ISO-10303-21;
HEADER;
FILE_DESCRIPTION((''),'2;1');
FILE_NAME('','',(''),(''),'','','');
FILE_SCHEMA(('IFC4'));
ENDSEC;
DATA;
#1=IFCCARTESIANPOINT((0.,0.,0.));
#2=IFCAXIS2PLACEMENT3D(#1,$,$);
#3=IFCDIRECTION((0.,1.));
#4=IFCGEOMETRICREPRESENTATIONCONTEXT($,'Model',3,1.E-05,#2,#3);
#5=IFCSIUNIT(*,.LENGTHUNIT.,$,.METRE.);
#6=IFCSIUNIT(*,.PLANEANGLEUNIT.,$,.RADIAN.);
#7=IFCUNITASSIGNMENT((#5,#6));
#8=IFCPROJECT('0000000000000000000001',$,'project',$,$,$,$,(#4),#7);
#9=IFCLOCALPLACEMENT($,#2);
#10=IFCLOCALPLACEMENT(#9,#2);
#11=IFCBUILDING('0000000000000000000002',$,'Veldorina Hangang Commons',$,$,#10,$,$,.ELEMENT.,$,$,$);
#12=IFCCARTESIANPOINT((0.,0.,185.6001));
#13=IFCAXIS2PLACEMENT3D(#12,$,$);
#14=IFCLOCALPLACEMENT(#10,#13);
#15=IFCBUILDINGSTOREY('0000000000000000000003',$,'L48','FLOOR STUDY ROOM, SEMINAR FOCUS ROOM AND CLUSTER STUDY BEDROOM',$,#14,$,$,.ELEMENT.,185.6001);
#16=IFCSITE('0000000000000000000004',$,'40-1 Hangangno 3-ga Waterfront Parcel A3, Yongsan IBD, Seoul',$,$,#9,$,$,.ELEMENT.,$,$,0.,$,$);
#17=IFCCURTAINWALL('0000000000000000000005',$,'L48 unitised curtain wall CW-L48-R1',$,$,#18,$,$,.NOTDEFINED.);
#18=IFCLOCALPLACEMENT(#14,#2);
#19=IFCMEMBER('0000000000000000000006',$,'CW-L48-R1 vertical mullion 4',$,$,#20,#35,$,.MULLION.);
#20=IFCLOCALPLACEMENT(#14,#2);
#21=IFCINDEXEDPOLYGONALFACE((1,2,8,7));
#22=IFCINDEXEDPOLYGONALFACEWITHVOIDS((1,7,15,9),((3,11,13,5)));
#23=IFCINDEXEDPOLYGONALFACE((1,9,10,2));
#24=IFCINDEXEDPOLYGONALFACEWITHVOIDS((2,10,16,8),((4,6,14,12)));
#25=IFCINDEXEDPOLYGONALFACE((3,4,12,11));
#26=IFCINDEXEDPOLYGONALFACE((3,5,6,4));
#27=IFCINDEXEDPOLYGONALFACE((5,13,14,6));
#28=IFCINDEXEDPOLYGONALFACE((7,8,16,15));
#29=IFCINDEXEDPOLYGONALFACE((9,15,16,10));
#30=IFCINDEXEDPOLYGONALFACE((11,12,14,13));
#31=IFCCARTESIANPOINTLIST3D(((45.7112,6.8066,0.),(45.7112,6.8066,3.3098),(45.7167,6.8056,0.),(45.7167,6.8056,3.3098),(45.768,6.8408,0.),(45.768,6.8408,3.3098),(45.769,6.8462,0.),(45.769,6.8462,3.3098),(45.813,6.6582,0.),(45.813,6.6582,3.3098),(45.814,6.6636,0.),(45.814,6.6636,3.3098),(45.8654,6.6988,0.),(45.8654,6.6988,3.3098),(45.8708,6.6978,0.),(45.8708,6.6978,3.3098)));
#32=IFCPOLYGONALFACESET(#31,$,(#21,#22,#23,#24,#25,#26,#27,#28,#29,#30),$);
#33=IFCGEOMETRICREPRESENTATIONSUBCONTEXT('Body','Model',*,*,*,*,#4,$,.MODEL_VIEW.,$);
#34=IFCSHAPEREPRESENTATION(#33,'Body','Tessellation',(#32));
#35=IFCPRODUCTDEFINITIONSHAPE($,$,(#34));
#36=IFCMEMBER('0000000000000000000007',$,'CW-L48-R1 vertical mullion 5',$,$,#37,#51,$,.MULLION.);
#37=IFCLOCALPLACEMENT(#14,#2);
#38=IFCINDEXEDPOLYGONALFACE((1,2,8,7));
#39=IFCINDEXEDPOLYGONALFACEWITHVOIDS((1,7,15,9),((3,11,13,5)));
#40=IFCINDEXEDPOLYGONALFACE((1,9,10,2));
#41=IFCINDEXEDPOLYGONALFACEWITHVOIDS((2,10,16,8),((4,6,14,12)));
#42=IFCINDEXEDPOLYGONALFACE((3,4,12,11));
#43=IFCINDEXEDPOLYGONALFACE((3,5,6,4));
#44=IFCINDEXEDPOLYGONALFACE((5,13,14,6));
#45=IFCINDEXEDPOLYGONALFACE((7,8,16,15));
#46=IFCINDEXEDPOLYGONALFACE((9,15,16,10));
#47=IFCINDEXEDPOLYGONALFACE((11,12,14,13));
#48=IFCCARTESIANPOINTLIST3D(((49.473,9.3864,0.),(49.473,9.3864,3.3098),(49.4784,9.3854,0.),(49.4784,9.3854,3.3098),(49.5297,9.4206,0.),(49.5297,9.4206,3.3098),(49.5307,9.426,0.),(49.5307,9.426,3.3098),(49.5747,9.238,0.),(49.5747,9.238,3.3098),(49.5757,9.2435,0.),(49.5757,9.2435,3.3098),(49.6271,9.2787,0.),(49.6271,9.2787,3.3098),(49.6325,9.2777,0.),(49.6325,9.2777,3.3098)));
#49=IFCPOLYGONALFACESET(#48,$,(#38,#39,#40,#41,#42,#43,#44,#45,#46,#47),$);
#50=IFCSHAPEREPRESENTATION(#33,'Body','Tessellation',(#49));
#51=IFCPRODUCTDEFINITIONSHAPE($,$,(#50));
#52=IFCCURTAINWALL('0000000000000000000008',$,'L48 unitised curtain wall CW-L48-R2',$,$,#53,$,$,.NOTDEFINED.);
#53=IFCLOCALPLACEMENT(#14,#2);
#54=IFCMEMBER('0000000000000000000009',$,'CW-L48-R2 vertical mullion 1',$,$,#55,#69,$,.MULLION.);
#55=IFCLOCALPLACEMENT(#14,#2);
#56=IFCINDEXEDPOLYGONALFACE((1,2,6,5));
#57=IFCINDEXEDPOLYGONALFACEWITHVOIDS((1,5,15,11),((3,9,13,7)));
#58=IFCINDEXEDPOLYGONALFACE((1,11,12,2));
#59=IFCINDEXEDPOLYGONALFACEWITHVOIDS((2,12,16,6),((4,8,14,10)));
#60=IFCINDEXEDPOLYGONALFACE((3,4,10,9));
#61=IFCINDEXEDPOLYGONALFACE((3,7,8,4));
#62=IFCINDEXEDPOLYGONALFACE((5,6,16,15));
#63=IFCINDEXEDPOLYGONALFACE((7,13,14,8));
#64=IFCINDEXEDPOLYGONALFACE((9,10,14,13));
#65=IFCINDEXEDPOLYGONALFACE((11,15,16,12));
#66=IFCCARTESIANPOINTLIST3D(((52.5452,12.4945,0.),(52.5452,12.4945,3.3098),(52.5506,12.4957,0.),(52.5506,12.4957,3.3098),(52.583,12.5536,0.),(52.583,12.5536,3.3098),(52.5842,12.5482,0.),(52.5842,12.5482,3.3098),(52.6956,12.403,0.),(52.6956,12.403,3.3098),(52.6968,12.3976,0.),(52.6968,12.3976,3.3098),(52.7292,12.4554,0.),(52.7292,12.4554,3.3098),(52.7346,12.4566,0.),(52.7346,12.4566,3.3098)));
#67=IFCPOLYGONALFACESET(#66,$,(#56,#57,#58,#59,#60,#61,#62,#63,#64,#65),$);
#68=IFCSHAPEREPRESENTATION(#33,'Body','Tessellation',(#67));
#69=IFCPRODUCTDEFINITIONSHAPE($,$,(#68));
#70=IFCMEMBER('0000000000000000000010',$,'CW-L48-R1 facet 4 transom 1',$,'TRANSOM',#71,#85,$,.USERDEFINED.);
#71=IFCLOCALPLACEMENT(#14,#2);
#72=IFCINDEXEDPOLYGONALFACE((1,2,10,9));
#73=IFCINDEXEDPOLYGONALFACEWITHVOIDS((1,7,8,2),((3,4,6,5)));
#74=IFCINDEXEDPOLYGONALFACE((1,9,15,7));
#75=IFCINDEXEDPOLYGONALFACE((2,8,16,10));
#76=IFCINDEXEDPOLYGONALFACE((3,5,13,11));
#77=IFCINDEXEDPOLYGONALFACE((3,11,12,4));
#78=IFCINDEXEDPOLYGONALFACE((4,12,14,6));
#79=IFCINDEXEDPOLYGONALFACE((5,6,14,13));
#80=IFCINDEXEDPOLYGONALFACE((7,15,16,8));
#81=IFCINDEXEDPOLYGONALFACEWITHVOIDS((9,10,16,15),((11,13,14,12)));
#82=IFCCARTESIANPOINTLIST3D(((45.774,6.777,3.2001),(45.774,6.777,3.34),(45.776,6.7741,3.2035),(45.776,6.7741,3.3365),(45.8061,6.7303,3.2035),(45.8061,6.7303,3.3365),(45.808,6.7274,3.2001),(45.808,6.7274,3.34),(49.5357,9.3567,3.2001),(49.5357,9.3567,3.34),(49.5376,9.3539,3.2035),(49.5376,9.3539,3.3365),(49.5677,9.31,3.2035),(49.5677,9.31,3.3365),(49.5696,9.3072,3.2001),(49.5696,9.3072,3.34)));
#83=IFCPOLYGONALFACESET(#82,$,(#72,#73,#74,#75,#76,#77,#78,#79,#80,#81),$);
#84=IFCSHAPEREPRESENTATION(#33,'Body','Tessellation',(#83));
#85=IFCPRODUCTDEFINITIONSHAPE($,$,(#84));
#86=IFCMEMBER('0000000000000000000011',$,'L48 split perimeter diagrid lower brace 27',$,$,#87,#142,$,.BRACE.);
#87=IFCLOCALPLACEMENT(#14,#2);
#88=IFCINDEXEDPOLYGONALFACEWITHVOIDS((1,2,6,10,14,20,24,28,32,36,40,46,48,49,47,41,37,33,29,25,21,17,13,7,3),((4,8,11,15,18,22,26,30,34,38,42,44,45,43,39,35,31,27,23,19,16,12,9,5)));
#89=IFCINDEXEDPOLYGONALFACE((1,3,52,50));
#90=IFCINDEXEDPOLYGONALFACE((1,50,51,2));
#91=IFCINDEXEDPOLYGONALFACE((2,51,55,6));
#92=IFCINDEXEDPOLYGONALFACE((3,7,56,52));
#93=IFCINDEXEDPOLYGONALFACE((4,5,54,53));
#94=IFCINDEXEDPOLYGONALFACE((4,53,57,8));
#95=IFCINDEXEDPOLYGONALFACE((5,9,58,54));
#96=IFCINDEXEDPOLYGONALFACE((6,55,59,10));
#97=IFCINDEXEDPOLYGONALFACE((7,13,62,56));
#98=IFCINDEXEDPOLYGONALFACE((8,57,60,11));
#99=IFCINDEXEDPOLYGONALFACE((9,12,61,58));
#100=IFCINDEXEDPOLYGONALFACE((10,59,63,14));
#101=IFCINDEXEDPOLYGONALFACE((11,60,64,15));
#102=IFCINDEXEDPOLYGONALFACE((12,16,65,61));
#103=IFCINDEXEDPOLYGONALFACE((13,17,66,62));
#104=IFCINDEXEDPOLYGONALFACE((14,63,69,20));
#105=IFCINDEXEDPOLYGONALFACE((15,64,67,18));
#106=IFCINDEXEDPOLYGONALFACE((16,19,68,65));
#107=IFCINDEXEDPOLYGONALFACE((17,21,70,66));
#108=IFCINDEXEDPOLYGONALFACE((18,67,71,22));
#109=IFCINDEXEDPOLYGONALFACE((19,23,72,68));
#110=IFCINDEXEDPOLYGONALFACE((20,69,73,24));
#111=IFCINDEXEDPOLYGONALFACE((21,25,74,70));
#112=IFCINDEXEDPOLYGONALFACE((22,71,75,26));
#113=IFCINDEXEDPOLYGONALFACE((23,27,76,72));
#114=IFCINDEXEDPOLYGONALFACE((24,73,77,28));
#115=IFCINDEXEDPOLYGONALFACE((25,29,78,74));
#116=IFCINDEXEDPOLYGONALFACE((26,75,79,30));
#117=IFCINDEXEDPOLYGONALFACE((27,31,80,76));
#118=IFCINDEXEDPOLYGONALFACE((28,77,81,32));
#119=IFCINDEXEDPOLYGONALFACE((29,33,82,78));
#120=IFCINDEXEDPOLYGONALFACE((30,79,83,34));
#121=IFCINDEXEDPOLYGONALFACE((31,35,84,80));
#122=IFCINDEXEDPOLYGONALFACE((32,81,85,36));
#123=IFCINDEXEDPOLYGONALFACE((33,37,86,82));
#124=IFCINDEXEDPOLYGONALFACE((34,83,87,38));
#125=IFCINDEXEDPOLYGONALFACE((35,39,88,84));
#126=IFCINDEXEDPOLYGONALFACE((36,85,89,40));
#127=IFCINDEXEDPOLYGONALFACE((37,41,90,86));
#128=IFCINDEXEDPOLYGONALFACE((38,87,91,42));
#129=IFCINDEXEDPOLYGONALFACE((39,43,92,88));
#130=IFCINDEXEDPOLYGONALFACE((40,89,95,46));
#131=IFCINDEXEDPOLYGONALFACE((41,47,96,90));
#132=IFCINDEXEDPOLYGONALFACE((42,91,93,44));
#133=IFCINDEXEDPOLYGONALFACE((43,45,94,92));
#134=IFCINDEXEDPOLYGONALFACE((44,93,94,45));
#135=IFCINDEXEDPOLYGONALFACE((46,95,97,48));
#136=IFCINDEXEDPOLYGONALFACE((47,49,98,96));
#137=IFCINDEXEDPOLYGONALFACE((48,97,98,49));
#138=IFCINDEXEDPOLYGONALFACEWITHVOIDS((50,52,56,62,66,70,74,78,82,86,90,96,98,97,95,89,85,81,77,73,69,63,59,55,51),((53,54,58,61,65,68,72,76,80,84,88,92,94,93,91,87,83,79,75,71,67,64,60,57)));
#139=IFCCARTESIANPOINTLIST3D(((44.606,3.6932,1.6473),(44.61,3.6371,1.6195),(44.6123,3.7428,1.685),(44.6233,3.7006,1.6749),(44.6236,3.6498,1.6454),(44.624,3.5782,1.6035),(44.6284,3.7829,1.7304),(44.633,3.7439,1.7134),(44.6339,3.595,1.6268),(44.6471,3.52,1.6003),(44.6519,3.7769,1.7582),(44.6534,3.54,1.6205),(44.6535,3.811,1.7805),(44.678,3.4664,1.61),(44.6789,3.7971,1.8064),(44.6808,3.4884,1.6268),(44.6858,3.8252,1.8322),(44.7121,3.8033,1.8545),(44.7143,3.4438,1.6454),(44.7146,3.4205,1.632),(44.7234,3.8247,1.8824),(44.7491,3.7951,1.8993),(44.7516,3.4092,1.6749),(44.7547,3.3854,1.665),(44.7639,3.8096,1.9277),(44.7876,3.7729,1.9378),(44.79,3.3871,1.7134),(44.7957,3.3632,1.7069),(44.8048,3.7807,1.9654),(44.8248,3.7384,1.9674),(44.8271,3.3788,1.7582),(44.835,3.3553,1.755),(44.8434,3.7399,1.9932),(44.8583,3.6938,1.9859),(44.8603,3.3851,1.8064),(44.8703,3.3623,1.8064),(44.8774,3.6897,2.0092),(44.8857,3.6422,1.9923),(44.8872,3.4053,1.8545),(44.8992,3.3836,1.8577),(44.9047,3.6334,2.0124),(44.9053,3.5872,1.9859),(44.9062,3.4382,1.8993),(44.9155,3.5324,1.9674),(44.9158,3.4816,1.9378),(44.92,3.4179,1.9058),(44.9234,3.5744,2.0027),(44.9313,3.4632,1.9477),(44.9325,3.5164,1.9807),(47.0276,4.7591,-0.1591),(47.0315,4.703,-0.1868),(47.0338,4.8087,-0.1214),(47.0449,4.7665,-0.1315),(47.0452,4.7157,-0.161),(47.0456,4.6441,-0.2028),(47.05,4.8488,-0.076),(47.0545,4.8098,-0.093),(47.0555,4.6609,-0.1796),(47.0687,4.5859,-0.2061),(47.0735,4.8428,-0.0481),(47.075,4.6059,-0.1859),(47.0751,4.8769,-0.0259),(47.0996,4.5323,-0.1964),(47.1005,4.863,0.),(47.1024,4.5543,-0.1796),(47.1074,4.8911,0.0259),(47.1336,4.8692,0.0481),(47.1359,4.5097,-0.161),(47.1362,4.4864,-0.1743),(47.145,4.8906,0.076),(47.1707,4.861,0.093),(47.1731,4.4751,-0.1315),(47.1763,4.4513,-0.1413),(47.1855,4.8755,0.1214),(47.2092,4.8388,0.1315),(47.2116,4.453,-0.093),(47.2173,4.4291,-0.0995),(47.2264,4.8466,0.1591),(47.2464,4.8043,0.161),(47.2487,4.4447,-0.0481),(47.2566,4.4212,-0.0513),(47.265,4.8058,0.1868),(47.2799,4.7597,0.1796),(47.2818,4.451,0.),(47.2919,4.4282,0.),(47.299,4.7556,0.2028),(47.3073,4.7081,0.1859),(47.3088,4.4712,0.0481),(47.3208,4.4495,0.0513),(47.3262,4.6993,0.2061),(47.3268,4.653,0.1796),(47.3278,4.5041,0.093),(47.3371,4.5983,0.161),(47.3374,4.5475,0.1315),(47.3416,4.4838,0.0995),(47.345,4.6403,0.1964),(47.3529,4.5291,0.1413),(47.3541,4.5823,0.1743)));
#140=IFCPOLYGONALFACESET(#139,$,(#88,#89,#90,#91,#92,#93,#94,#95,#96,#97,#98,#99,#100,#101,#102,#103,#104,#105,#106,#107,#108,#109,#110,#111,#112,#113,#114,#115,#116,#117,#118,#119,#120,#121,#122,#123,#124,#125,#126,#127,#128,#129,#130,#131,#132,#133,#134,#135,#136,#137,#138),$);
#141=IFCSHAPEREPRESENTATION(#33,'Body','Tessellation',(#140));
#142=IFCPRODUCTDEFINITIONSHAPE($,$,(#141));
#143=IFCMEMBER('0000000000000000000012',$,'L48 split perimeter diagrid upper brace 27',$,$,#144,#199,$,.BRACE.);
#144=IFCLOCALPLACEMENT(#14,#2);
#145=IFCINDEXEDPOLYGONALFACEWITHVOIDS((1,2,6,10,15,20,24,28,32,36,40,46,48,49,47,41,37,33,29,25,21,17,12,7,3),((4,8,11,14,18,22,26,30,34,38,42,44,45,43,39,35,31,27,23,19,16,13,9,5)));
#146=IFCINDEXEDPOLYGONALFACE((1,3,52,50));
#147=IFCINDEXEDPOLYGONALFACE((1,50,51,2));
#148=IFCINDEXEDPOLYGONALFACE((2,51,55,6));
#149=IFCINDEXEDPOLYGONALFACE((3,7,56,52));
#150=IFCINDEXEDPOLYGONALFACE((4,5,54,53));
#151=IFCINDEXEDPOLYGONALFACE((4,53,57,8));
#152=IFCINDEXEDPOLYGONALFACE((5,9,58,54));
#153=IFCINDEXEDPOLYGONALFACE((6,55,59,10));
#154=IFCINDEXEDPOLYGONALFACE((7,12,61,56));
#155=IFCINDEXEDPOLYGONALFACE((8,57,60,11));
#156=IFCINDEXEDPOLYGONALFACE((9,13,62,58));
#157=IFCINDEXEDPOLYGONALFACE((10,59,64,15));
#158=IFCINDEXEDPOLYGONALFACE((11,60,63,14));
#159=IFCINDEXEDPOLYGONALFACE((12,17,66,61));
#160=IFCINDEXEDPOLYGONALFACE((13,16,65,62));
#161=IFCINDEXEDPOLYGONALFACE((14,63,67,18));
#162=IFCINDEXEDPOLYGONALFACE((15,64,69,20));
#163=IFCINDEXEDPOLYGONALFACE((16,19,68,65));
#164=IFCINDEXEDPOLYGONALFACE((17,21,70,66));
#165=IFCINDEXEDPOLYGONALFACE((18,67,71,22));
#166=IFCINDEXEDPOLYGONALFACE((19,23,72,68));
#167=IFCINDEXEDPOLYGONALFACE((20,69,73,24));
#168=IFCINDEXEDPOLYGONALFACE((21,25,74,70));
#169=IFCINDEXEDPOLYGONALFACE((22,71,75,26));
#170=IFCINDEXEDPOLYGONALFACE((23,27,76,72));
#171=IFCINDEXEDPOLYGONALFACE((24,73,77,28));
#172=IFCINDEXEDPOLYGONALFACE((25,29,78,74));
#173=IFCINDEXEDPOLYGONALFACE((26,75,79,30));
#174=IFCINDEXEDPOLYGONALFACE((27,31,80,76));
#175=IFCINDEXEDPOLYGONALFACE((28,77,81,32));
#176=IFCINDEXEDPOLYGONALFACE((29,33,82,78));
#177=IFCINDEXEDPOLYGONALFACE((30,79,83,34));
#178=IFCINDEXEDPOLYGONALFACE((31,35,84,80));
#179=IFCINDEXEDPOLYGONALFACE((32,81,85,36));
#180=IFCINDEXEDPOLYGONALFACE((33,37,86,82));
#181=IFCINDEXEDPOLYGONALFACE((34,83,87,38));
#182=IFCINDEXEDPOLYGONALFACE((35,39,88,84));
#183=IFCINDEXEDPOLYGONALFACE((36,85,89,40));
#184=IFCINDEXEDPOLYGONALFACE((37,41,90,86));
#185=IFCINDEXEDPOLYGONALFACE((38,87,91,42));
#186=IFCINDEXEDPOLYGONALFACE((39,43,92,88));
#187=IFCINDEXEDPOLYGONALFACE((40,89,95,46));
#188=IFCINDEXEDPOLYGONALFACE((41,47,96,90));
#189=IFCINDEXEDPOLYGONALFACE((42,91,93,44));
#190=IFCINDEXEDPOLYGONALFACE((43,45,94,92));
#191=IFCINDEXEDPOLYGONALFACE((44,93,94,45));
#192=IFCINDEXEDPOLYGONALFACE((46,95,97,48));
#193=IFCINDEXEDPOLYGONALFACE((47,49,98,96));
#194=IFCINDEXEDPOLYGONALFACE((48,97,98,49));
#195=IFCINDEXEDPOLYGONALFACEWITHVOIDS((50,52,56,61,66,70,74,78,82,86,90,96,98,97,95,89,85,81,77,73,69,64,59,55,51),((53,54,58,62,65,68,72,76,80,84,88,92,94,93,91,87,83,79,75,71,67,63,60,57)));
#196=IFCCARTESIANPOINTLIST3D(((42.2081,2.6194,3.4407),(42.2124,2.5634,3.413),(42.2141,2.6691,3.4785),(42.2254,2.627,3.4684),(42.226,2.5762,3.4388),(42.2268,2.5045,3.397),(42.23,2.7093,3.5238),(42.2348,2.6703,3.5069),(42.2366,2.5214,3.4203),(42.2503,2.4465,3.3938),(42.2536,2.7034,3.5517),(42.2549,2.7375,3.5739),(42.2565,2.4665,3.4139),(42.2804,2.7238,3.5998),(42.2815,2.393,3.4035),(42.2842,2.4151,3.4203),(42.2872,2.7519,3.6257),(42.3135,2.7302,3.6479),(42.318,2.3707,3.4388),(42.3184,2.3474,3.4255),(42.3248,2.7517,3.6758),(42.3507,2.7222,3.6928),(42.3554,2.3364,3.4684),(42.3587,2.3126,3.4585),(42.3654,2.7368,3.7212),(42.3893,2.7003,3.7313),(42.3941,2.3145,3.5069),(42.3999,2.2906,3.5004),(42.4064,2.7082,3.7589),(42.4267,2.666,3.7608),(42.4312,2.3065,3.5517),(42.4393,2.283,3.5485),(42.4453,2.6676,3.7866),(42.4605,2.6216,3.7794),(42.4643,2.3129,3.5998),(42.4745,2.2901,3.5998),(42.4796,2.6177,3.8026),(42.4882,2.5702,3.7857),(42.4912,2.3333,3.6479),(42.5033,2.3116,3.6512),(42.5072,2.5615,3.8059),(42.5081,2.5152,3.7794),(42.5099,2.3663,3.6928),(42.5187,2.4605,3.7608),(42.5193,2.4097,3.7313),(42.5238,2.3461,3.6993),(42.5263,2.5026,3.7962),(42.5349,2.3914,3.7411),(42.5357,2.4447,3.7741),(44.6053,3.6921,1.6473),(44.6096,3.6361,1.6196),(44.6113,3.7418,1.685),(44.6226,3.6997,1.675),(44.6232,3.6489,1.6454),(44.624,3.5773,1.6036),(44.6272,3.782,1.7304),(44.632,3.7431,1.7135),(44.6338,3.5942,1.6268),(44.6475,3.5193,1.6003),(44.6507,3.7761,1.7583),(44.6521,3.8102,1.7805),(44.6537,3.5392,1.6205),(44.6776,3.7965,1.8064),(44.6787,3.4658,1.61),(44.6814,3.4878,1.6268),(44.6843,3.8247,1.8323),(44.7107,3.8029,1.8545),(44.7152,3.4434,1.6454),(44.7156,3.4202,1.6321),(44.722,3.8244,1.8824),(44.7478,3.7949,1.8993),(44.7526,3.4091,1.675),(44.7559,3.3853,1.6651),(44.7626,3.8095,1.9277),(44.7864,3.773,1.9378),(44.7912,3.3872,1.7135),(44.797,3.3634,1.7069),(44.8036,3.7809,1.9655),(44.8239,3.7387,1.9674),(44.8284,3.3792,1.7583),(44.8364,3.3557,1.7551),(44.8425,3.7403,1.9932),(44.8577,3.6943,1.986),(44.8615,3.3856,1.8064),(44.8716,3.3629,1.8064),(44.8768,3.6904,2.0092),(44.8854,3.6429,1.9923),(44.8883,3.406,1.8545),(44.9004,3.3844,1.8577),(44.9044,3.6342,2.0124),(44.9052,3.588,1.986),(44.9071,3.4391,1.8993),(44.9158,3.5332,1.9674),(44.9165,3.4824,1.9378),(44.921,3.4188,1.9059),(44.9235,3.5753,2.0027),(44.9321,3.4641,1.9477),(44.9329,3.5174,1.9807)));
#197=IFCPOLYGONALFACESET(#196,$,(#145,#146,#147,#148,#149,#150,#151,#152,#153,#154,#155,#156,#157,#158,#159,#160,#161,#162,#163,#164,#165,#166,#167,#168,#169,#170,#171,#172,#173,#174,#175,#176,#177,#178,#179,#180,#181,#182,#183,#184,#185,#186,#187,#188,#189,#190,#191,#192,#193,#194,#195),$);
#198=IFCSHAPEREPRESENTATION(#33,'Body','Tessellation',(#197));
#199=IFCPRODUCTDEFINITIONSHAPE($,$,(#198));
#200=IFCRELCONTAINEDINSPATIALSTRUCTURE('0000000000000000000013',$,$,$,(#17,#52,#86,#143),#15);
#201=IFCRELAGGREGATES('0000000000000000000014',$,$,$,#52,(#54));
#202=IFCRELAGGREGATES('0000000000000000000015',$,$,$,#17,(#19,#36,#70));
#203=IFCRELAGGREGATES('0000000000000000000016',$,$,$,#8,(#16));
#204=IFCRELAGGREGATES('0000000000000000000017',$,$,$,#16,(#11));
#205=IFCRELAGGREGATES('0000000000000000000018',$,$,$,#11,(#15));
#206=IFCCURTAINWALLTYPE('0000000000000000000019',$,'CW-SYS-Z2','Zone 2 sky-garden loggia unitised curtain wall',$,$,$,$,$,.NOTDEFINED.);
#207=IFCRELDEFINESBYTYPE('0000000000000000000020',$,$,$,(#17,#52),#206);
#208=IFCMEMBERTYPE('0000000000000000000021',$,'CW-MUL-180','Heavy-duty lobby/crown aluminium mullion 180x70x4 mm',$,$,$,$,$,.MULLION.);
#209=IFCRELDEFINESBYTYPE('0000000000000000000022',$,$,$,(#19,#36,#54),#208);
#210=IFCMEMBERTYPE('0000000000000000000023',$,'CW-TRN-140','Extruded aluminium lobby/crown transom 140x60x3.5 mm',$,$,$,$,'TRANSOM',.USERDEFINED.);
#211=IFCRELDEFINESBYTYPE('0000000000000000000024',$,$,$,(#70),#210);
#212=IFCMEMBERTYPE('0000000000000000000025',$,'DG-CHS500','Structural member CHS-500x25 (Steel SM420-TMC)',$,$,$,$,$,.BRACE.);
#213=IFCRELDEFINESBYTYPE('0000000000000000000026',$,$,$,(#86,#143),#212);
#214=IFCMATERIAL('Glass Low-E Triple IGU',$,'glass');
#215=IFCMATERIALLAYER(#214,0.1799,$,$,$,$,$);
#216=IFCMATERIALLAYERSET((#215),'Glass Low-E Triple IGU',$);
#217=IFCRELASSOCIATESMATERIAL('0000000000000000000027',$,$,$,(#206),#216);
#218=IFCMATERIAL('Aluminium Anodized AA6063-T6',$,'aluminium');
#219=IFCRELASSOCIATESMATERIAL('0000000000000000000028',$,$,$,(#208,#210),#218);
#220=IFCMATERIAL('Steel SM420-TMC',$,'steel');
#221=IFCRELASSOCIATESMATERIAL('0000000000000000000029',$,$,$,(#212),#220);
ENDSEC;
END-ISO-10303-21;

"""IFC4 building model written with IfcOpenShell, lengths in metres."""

from ifc_helpers import new_model, si_unit, direction, frame, origin, origin_2d, place, context, subcontext, project, spatial, hollow_rectangle, hollow_circle, extrude, material, layer, layer_set, material_profile, profile_set, type_object, element, aggregate, save


model = new_model("IFC4")

# Units and contexts
model_context = context("Model", 3, precision=1e-05, world=origin(), true_north=direction((0.0, 1.0)))
body_context = subcontext(model_context, "Body", "Model", "MODEL_VIEW")
ifc_project = project(units=[si_unit("LENGTHUNIT", "METRE"), si_unit("PLANEANGLEUNIT", "RADIAN")], contexts=[model_context])

# Site, building, storey
site_placement = place(None, origin())
site = spatial("IfcSite", under=ifc_project, at=site_placement, Name="40-1 Hangangno 3-ga Waterfront Parcel A3, Yongsan IBD, Seoul", CompositionType="ELEMENT", RefElevation=0.0)
building_placement = place(site_placement, origin())
building = spatial("IfcBuilding", under=site, at=building_placement, Name="Veldorina Hangang Commons", CompositionType="ELEMENT")
storey_placement = place(building_placement, frame((0.0, 0.0, 185.6001)))
storey = spatial("IfcBuildingStorey", under=building, at=storey_placement, Name="L48", Description="FLOOR STUDY ROOM, SEMINAR FOCUS ROOM AND CLUSTER STUDY BEDROOM", CompositionType="ELEMENT", Elevation=185.6001)

# Shared definitions
ifc_material_1 = material(Name="Steel SM420-TMC", Category="steel")

# Curtain wall, members
ifc_material_2 = material(Name="Glass Low-E Triple IGU", Category="glass")
ifc_layer_1 = layer(ifc_material_2, 0.1799)
ifc_layer_set_1 = layer_set([ifc_layer_1], Name="Glass Low-E Triple IGU")
curtain_wall_type = type_object("IfcCurtainWallType", Name="CW-SYS-Z2", Description="Zone 2 sky-garden loggia unitised curtain wall", PredefinedType="NOTDEFINED", material=ifc_layer_set_1)
curtain_wall_1_placement = place(storey_placement, origin())
curtain_wall_1 = element("IfcCurtainWall", 1, at=curtain_wall_1_placement, inside=storey, type_object=curtain_wall_type, Name="L48 unitised curtain wall CW-L48-R1", PredefinedType="NOTDEFINED")
ifc_material_3 = material(Name="Aluminium Anodized AA6063-T6", Category="aluminium")
ifc_material_profile_1 = material_profile(ifc_material_3, hollow_rectangle(XDim=0.0701, YDim=0.1799, WallThickness=0.0039, at=origin_2d()), Name="ALU-RHS-180x70x4")
ifc_profile_set_1 = profile_set([ifc_material_profile_1], Name="Aluminium Anodized AA6063-T6")
member_type_1 = type_object("IfcMemberType", Name="CW-MUL-180", Description="Heavy-duty lobby/crown aluminium mullion 180x70x4 mm", PredefinedType="MULLION", material=ifc_profile_set_1)
member_1_placement = place(storey_placement, frame((45.791, 6.7522, 0.0), z_axis=(0.0, 0.0, 1.0), x_axis=(0.824689, 0.565586, 0.0)))
member_1 = element("IfcMember", 2, at=member_1_placement, type_object=member_type_1, Name="CW-L48-R1 vertical mullion 4", PredefinedType="MULLION", context=body_context, shape_type="SweptSolid", body=[
    extrude(hollow_rectangle(XDim=0.0701, YDim=0.1799, WallThickness=0.0039, at=origin_2d()), origin(), (0.0, 0.0, 1.0), 3.3098),
])
member_2_placement = place(storey_placement, frame((49.5527, 9.332, 0.0), z_axis=(0.0, 0.0, 1.0), x_axis=(-0.824689, -0.565586, 0.0)))
member_2 = element("IfcMember", 3, at=member_2_placement, type_object=member_type_1, Name="CW-L48-R1 vertical mullion 5", PredefinedType="MULLION", context=body_context, shape_type="SweptSolid", body=[
    extrude(hollow_rectangle(XDim=0.0701, YDim=0.1799, WallThickness=0.0039, at=origin_2d()), origin(), (0.0, 0.0, 1.0), 3.3098),
])

# Curtain wall, member
curtain_wall_2_placement = place(storey_placement, origin())
curtain_wall_2 = element("IfcCurtainWall", 4, at=curtain_wall_2_placement, inside=storey, type_object=curtain_wall_type, Name="L48 unitised curtain wall CW-L48-R2", PredefinedType="NOTDEFINED")
member_3_placement = place(storey_placement, frame((52.6399, 12.4756, 0.0), z_axis=(0.0, 0.0, 1.0), x_axis=(0.53883, 0.842415, 0.0)))
member_3 = element("IfcMember", 5, at=member_3_placement, type_object=member_type_1, Name="CW-L48-R2 vertical mullion 1", PredefinedType="MULLION", context=body_context, shape_type="SweptSolid", body=[
    extrude(hollow_rectangle(XDim=0.0701, YDim=0.1799, WallThickness=0.0039, at=origin_2d()), origin(), (0.0, 0.0, 1.0), 3.3098),
])
aggregate(curtain_wall_2, [member_3])

# Member
ifc_material_profile_2 = material_profile(ifc_material_3, hollow_rectangle(XDim=0.0601, YDim=0.1399, WallThickness=0.0034, at=origin_2d()), Name="ALU-RHS-140x60x3.5")
ifc_profile_set_2 = profile_set([ifc_material_profile_2], Name="Aluminium Anodized AA6063-T6")
member_type_2 = type_object("IfcMemberType", Name="CW-TRN-140", Description="Extruded aluminium lobby/crown transom 140x60x3.5 mm", ElementType="TRANSOM", PredefinedType="USERDEFINED", material=ifc_profile_set_2)
member_4_placement = place(storey_placement, frame((45.791, 6.7522, 3.27), z_axis=(0.824691, 0.565583, 0.0), x_axis=(-0.565583, 0.824691, 0.0)))
member_4 = element("IfcMember", 6, at=member_4_placement, type_object=member_type_2, Name="CW-L48-R1 facet 4 transom 1", ObjectType="TRANSOM", PredefinedType="USERDEFINED", context=body_context, shape_type="SweptSolid", body=[
    extrude(hollow_rectangle(XDim=0.0601, YDim=0.1399, WallThickness=0.0034, at=origin_2d()), origin(), (0.0, 0.0, 1.0), 4.5613),
])

# Members
ifc_material_profile_3 = material_profile(ifc_material_1, hollow_circle(Radius=0.25, WallThickness=0.0249, at=origin_2d()), Name="CHS-500x25")
ifc_profile_set_3 = profile_set([ifc_material_profile_3], Name="Steel SM420-TMC")
member_type_3 = type_object("IfcMemberType", Name="DG-CHS500", Description="Structural member CHS-500x25 (Steel SM420-TMC)", PredefinedType="BRACE", material=ifc_profile_set_3)
member_5_placement = place(storey_placement, frame((47.1912, 4.657, 0.0), z_axis=(-0.755891, -0.332717, 0.563851), x_axis=(0.402865, -0.915259, 0.0)))
element("IfcMember", 7, at=member_5_placement, inside=storey, type_object=member_type_3, Name="L48 split perimeter diagrid lower brace 27", PredefinedType="BRACE", context=body_context, shape_type="SweptSolid", body=[
    extrude(hollow_circle(Radius=0.25, WallThickness=0.0249, at=origin_2d()), origin(), (0.0, 0.0, 1.0), 3.2036),
])
member_6_placement = place(storey_placement, frame((44.7695, 3.5911, 1.8064), z_axis=(-0.753784, -0.337318, 0.563937), x_axis=(0.408466, -0.912774, 0.0)))
element("IfcMember", 8, at=member_6_placement, inside=storey, type_object=member_type_3, Name="L48 split perimeter diagrid upper brace 27", PredefinedType="BRACE", context=body_context, shape_type="SweptSolid", body=[
    extrude(hollow_circle(Radius=0.25, WallThickness=0.0249, at=origin_2d()), origin(), (0.0, 0.0, 1.0), 3.1802),
])

aggregate(curtain_wall_1, [member_1, member_2, member_4])

save(model, "model.ifc")
